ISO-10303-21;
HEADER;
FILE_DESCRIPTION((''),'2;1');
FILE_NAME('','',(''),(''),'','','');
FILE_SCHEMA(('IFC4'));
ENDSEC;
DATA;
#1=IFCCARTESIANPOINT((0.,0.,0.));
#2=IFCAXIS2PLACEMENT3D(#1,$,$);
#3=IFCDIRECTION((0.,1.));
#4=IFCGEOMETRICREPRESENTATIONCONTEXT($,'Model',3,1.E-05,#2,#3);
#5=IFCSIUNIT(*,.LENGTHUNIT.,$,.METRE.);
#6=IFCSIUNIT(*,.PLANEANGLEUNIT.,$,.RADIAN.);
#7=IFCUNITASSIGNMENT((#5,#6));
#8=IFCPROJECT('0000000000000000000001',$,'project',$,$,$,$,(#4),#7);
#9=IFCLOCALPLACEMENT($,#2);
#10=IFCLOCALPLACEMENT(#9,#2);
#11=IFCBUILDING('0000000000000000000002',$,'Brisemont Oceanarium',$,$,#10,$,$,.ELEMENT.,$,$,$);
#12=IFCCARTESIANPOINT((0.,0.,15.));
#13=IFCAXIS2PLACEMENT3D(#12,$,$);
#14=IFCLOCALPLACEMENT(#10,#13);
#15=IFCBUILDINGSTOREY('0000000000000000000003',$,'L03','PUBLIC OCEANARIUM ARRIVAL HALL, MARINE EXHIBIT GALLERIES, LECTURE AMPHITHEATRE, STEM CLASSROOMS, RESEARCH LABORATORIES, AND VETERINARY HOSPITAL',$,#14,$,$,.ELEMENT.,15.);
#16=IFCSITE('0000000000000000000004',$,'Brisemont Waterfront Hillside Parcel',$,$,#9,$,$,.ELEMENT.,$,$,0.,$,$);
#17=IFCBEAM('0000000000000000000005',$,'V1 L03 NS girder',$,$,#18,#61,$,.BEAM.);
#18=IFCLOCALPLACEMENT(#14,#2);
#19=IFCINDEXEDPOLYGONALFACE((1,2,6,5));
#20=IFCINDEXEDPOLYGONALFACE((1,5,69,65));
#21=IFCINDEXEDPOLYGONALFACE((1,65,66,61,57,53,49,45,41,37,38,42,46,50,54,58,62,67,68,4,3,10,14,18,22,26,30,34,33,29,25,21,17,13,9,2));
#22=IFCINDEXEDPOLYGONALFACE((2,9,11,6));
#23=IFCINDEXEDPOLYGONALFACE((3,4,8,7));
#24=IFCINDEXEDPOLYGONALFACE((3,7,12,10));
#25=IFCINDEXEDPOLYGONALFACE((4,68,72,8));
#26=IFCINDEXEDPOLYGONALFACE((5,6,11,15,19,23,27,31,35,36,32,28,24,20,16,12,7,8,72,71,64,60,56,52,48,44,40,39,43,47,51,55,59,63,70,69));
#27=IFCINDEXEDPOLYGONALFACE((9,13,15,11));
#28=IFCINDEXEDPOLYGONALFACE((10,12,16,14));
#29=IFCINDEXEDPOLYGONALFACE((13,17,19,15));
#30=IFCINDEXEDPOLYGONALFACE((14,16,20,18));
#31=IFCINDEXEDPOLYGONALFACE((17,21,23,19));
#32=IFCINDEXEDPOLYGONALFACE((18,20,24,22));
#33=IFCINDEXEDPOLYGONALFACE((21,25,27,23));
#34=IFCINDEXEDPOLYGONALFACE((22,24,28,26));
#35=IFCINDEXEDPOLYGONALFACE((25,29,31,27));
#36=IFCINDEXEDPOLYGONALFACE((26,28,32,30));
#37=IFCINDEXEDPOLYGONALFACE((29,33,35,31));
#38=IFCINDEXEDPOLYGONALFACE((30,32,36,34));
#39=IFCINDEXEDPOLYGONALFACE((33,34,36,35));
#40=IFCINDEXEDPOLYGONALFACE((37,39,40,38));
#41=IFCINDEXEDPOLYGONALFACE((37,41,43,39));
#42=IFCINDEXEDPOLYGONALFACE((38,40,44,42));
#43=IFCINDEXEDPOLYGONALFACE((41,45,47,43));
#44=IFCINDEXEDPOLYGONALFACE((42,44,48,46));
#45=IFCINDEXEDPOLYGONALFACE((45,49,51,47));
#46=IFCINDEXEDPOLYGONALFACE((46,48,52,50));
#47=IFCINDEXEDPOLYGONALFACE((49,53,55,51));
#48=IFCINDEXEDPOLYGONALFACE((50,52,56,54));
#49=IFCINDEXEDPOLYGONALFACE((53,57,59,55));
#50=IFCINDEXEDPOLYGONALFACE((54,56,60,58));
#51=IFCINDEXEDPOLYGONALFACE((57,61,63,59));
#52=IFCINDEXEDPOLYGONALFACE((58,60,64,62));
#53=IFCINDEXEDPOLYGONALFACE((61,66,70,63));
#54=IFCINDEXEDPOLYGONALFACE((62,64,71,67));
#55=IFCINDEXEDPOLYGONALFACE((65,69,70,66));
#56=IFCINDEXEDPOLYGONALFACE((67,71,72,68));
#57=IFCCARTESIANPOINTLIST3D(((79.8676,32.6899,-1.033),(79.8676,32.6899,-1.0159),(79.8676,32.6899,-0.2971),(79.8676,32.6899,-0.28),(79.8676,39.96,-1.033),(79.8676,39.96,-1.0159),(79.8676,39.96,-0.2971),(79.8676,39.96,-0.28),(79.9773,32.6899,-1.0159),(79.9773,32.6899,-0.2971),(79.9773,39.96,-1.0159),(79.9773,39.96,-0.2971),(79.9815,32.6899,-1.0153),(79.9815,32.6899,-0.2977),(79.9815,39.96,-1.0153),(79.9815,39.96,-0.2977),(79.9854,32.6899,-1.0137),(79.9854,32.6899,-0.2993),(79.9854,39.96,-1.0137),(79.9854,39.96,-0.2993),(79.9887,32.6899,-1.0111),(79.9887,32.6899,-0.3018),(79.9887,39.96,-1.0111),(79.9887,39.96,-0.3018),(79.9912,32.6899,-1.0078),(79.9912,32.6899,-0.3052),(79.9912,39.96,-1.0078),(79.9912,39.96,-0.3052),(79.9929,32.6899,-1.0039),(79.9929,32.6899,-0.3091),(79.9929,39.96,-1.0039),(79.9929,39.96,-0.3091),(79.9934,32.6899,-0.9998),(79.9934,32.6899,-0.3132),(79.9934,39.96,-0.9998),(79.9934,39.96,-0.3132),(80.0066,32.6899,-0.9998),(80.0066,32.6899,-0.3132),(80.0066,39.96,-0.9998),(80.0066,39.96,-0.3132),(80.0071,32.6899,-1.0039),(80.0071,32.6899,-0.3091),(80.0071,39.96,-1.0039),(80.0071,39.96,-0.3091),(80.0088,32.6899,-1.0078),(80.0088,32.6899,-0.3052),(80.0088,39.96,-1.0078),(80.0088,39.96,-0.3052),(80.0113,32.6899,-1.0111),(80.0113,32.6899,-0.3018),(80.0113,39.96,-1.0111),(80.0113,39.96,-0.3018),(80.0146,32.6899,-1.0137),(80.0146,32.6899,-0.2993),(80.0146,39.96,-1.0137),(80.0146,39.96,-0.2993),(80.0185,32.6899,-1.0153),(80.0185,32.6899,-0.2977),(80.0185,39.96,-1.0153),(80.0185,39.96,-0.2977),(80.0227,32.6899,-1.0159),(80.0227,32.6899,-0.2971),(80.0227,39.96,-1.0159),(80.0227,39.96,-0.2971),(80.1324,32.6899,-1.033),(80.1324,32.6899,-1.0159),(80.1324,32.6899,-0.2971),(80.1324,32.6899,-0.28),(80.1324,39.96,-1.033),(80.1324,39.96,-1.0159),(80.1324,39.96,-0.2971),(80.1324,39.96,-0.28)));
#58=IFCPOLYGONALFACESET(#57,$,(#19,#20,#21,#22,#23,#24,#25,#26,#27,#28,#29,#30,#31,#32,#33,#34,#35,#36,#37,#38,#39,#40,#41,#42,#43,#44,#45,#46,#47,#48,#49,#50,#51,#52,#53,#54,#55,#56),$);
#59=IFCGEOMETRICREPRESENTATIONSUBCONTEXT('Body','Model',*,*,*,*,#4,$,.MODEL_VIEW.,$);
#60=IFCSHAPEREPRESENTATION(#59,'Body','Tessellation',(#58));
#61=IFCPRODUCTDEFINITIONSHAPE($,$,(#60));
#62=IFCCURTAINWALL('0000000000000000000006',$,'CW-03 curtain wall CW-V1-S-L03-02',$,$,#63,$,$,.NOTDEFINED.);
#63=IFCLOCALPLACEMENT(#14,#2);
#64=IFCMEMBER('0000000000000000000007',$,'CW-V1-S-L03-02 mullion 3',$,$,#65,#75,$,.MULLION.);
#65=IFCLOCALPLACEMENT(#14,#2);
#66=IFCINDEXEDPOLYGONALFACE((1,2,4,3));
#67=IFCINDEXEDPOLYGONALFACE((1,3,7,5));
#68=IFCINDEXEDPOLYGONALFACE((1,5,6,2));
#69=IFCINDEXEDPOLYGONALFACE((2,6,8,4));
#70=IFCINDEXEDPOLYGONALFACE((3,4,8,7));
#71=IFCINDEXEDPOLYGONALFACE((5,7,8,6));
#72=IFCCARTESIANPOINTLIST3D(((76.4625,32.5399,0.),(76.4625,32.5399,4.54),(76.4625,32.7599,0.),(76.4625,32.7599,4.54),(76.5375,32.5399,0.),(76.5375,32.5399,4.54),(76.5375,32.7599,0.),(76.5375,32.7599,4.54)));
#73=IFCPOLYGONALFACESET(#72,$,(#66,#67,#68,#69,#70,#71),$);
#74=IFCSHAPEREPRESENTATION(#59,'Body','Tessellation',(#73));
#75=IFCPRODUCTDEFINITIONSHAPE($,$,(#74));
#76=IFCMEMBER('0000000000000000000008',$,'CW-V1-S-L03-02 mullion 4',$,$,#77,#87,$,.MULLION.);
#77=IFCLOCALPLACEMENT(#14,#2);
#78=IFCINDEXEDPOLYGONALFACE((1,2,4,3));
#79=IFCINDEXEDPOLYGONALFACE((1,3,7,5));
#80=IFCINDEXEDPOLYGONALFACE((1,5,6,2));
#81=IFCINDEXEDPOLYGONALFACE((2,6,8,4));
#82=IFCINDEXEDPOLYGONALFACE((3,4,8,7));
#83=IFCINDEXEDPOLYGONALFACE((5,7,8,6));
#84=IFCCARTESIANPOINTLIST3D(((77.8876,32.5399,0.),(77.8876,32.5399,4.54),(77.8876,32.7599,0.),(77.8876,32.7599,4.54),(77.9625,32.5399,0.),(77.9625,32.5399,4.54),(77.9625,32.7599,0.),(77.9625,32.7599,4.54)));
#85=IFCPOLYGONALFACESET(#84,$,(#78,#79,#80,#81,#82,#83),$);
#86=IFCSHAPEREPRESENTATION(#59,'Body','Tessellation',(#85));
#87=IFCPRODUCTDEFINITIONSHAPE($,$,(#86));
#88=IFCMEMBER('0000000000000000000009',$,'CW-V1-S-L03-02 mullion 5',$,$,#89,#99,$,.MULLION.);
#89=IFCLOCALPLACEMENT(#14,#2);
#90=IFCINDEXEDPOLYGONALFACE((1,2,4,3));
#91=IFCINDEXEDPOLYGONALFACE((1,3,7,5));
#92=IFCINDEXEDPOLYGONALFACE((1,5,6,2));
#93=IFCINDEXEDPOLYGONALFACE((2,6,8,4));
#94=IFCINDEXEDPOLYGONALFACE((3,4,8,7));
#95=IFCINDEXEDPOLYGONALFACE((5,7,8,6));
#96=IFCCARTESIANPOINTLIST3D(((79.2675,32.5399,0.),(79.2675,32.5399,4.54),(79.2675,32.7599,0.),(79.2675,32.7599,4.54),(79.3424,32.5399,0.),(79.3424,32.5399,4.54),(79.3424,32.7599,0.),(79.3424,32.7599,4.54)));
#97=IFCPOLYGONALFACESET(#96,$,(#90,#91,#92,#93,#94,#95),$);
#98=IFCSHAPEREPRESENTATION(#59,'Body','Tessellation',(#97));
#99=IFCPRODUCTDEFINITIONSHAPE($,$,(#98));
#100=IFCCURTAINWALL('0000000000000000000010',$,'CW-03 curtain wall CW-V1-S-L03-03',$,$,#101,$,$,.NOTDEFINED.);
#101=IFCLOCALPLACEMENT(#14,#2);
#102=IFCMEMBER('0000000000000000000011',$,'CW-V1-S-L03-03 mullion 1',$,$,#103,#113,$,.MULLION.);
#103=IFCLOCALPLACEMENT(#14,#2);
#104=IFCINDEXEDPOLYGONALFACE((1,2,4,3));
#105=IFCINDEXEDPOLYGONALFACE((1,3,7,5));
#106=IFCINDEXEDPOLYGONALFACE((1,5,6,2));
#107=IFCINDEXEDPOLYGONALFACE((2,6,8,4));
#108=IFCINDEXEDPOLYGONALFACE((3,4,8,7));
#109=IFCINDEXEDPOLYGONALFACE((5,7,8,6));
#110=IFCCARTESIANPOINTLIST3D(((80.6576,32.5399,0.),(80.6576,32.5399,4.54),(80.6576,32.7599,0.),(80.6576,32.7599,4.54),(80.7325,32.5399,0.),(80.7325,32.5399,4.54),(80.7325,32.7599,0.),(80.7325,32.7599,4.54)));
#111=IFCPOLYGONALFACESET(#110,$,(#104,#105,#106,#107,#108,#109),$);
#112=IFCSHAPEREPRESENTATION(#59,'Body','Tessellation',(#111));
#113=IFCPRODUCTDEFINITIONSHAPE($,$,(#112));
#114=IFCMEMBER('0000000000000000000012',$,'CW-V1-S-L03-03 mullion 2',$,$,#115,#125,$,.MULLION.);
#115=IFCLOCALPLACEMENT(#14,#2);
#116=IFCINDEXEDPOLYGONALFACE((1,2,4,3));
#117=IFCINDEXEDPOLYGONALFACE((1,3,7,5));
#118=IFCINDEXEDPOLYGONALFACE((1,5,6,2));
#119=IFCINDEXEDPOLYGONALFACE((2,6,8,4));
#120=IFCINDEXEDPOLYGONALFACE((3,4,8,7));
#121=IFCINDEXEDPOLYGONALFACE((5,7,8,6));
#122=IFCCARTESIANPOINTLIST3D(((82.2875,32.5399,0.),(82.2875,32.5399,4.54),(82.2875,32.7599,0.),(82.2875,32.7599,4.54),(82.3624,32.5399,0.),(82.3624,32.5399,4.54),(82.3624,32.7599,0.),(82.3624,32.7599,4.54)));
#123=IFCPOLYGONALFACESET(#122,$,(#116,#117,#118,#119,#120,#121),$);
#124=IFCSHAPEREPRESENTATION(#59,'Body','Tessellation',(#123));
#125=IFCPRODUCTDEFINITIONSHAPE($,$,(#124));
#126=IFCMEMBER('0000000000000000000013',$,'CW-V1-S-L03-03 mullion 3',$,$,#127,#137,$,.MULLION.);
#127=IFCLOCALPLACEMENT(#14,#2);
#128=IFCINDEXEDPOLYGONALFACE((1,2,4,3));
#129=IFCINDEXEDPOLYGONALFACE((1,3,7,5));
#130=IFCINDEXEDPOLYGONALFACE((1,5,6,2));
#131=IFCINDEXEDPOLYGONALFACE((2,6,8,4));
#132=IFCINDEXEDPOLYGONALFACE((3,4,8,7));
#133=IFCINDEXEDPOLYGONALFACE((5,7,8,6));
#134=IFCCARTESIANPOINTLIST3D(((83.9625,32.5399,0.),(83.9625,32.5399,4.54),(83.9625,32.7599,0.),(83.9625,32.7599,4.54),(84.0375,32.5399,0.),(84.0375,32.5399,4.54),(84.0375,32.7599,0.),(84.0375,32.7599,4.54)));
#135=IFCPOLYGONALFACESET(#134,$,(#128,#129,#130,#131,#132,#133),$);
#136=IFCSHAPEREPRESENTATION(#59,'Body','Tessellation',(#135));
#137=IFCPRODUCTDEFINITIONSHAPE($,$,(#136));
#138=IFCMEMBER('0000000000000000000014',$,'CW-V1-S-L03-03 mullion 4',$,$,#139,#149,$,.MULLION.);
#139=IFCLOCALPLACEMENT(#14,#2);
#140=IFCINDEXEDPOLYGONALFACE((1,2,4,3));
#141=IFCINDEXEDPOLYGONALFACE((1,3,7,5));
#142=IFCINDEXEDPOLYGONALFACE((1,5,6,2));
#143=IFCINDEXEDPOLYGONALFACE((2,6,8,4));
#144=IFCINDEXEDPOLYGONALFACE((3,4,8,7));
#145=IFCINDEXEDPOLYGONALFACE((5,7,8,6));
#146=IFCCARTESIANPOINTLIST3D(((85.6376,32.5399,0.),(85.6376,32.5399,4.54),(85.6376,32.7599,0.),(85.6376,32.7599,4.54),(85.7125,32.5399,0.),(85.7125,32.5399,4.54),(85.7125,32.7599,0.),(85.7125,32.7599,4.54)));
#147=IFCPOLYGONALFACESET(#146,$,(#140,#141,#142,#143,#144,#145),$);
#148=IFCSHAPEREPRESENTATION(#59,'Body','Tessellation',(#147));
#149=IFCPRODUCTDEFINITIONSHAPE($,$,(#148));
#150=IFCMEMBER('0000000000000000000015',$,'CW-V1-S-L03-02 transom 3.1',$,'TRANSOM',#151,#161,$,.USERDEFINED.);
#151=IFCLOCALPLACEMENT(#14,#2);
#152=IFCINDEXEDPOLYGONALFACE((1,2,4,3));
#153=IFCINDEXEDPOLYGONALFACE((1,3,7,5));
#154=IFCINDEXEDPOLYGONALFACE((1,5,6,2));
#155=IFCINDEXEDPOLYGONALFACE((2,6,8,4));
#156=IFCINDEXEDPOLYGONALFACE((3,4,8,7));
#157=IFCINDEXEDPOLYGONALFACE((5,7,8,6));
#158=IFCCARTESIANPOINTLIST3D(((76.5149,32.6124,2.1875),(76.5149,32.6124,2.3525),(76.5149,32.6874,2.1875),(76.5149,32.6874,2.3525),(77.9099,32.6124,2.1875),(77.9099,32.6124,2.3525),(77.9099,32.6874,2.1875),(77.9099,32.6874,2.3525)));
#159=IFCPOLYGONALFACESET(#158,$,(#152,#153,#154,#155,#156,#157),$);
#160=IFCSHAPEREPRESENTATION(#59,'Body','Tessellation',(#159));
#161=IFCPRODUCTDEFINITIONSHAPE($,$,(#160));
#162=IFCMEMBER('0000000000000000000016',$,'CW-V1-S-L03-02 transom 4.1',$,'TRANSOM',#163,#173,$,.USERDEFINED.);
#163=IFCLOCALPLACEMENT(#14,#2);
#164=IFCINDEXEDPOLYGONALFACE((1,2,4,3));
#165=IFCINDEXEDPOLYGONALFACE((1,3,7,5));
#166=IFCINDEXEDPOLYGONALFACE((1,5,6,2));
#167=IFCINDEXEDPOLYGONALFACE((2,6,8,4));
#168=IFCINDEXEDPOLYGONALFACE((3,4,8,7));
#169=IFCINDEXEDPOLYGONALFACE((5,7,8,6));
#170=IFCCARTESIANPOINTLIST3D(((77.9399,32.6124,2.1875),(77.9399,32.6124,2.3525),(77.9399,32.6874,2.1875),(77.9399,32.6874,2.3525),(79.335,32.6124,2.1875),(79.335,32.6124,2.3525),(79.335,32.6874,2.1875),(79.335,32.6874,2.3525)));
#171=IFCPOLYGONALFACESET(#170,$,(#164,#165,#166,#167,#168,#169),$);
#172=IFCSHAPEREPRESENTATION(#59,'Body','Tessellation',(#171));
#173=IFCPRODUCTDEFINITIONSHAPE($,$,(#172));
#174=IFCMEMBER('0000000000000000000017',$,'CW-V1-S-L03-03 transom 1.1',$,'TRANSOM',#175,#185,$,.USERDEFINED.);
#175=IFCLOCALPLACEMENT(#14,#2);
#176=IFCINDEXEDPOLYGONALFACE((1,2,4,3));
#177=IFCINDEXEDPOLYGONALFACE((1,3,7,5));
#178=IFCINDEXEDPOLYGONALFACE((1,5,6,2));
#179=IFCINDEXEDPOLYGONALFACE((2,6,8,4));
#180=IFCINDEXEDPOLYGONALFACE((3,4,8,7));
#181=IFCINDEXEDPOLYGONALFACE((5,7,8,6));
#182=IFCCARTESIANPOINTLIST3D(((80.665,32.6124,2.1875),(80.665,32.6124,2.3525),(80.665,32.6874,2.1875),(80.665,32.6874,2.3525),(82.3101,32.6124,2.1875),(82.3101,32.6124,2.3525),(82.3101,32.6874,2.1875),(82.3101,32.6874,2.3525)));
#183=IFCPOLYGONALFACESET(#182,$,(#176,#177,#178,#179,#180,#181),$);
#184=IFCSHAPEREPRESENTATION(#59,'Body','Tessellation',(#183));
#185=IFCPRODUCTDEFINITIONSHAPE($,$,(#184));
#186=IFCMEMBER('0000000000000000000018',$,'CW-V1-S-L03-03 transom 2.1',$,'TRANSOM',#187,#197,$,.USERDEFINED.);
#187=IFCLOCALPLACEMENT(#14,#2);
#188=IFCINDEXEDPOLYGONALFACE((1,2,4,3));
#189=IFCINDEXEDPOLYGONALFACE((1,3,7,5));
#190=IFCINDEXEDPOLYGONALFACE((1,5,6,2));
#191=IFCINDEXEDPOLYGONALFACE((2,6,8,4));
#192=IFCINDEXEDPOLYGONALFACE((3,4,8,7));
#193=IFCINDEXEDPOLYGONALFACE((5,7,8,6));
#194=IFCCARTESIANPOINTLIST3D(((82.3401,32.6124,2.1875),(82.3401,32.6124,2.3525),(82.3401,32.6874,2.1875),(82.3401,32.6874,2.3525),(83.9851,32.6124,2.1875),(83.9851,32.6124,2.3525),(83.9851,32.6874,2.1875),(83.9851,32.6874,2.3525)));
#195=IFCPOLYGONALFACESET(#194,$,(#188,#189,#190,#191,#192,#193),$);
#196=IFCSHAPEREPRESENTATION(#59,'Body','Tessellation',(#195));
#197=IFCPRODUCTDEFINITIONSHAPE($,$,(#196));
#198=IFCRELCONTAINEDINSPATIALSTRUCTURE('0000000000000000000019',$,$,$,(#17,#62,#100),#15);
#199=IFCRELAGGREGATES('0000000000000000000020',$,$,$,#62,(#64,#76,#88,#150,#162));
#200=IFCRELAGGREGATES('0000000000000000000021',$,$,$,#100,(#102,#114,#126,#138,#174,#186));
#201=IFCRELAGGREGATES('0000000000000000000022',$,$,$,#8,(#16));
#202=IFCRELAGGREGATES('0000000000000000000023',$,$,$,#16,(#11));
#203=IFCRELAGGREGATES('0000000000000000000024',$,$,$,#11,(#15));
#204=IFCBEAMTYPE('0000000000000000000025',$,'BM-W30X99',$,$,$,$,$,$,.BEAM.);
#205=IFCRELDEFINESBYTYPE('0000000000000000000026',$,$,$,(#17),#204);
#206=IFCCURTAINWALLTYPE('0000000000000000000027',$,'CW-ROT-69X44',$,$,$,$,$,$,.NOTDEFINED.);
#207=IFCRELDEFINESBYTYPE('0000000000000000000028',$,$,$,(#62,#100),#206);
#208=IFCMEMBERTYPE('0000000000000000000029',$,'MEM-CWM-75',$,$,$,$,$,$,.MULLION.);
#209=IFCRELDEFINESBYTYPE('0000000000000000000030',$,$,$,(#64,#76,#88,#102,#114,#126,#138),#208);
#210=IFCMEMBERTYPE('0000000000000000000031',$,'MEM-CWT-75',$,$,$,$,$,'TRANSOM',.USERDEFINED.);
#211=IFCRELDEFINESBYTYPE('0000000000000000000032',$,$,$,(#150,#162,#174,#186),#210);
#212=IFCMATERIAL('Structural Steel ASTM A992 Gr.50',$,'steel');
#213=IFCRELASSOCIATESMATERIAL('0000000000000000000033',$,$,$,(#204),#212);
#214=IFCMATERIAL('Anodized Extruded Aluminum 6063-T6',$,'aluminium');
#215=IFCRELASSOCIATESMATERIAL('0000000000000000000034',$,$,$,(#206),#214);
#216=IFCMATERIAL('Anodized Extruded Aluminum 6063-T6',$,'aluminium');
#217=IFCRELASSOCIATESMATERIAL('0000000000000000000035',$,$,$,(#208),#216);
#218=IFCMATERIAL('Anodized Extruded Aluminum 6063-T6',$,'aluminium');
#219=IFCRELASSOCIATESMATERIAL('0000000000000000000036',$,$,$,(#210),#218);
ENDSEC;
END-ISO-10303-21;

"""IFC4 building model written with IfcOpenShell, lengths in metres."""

from ifc_helpers import new_model, si_unit, direction, frame, origin, origin_2d, place, context, subcontext, project, spatial, rectangle, i_section, extrude, material, material_profile, profile_set, type_object, element, aggregate, save


model = new_model("IFC4")

# Units and contexts
model_context = context("Model", 3, precision=1e-05, world=origin(), true_north=direction((0.0, 1.0)))
body_context = subcontext(model_context, "Body", "Model", "MODEL_VIEW")
ifc_project = project(units=[si_unit("LENGTHUNIT", "METRE"), si_unit("PLANEANGLEUNIT", "RADIAN")], contexts=[model_context])

# Site, building, storey
site_placement = place(None, origin())
site = spatial("IfcSite", under=ifc_project, at=site_placement, Name="Brisemont Waterfront Hillside Parcel", CompositionType="ELEMENT", RefElevation=0.0)
building_placement = place(site_placement, origin())
building = spatial("IfcBuilding", under=site, at=building_placement, Name="Brisemont Oceanarium", CompositionType="ELEMENT")
storey_placement = place(building_placement, frame((0.0, 0.0, 15.0)))
storey = spatial("IfcBuildingStorey", under=building, at=storey_placement, Name="L03", Description="PUBLIC OCEANARIUM ARRIVAL HALL, MARINE EXHIBIT GALLERIES, LECTURE AMPHITHEATRE, STEM CLASSROOMS, RESEARCH LABORATORIES, AND VETERINARY HOSPITAL", CompositionType="ELEMENT", Elevation=15.0)

# Beam
ifc_material_1 = material(Name="Structural Steel ASTM A992 Gr.50", Category="steel")
ifc_material_profile_1 = material_profile(ifc_material_1, i_section(OverallWidth=0.2649, OverallDepth=0.7529, WebThickness=0.0132, FlangeThickness=0.0171, FilletRadius=0.0161, at=origin_2d()), Name="W30X99")
ifc_profile_set_1 = profile_set([ifc_material_profile_1], Name="Structural Steel ASTM A992 Gr.50")
beam_type_1 = type_object("IfcBeamType", Name="BM-W30X99", PredefinedType="BEAM", material=ifc_profile_set_1)
beam_1_placement = place(storey_placement, frame((80.0, 32.6899, -0.6565), z_axis=(0.0, 1.0, 0.0), x_axis=(-1.0, 0.0, 0.0)))
element("IfcBeam", 1, at=beam_1_placement, inside=storey, type_object=beam_type_1, Name="V1 L03 NS girder", PredefinedType="BEAM", context=body_context, shape_type="SweptSolid", body=[
    extrude(i_section(OverallWidth=0.2649, OverallDepth=0.7529, WebThickness=0.0132, FlangeThickness=0.0171, FilletRadius=0.0161, at=origin_2d()), origin(), (0.0, 0.0, 1.0), 7.27),
])

# Curtain walls, members
ifc_material_2 = material(Name="Anodized Extruded Aluminum 6063-T6", Category="aluminium")
curtain_wall_type = type_object("IfcCurtainWallType", Name="CW-ROT-69X44", PredefinedType="NOTDEFINED", material=ifc_material_2)
curtain_wall_1_placement = place(storey_placement, origin())
curtain_wall_1 = element("IfcCurtainWall", 2, at=curtain_wall_1_placement, inside=storey, type_object=curtain_wall_type, Name="CW-03 curtain wall CW-V1-S-L03-02", PredefinedType="NOTDEFINED")
ifc_material_3 = material(Name="Anodized Extruded Aluminum 6063-T6", Category="aluminium")
ifc_material_profile_2 = material_profile(ifc_material_3, rectangle(XDim=0.075, YDim=0.22, at=origin_2d()), Name="CWM-75X220")
ifc_profile_set_2 = profile_set([ifc_material_profile_2], Name="Anodized Extruded Aluminum 6063-T6")
member_type_1 = type_object("IfcMemberType", Name="MEM-CWM-75", PredefinedType="MULLION", material=ifc_profile_set_2)
member_1_placement = place(storey_placement, frame((76.5, 32.6499, 0.0), z_axis=(0.0, 0.0, 1.0), x_axis=(1.0, 0.0, 0.0)))
member_1 = element("IfcMember", 3, at=member_1_placement, type_object=member_type_1, Name="CW-V1-S-L03-02 mullion 3", PredefinedType="MULLION", context=body_context, shape_type="SweptSolid", body=[
    extrude(rectangle(XDim=0.075, YDim=0.22, at=origin_2d()), origin(), (0.0, 0.0, 1.0), 4.54),
])
member_2_placement = place(storey_placement, frame((77.925, 32.6499, 0.0), z_axis=(0.0, 0.0, 1.0), x_axis=(1.0, 0.0, 0.0)))
member_2 = element("IfcMember", 4, at=member_2_placement, type_object=member_type_1, Name="CW-V1-S-L03-02 mullion 4", PredefinedType="MULLION", context=body_context, shape_type="SweptSolid", body=[
    extrude(rectangle(XDim=0.075, YDim=0.22, at=origin_2d()), origin(), (0.0, 0.0, 1.0), 4.54),
])
member_3_placement = place(storey_placement, frame((79.3049, 32.6499, 0.0), z_axis=(0.0, 0.0, 1.0), x_axis=(1.0, 0.0, 0.0)))
member_3 = element("IfcMember", 5, at=member_3_placement, type_object=member_type_1, Name="CW-V1-S-L03-02 mullion 5", PredefinedType="MULLION", context=body_context, shape_type="SweptSolid", body=[
    extrude(rectangle(XDim=0.075, YDim=0.22, at=origin_2d()), origin(), (0.0, 0.0, 1.0), 4.54),
])
curtain_wall_2_placement = place(storey_placement, origin())
curtain_wall_2 = element("IfcCurtainWall", 6, at=curtain_wall_2_placement, inside=storey, type_object=curtain_wall_type, Name="CW-03 curtain wall CW-V1-S-L03-03", PredefinedType="NOTDEFINED")
member_4_placement = place(storey_placement, frame((80.6951, 32.6499, 0.0), z_axis=(0.0, 0.0, 1.0), x_axis=(1.0, 0.0, 0.0)))
member_4 = element("IfcMember", 7, at=member_4_placement, type_object=member_type_1, Name="CW-V1-S-L03-03 mullion 1", PredefinedType="MULLION", context=body_context, shape_type="SweptSolid", body=[
    extrude(rectangle(XDim=0.075, YDim=0.22, at=origin_2d()), origin(), (0.0, 0.0, 1.0), 4.54),
])
member_5_placement = place(storey_placement, frame((82.325, 32.6499, 0.0), z_axis=(0.0, 0.0, 1.0), x_axis=(1.0, 0.0, 0.0)))
member_5 = element("IfcMember", 8, at=member_5_placement, type_object=member_type_1, Name="CW-V1-S-L03-03 mullion 2", PredefinedType="MULLION", context=body_context, shape_type="SweptSolid", body=[
    extrude(rectangle(XDim=0.075, YDim=0.22, at=origin_2d()), origin(), (0.0, 0.0, 1.0), 4.54),
])
member_6_placement = place(storey_placement, frame((84.0, 32.6499, 0.0), z_axis=(0.0, 0.0, 1.0), x_axis=(1.0, 0.0, 0.0)))
member_6 = element("IfcMember", 9, at=member_6_placement, type_object=member_type_1, Name="CW-V1-S-L03-03 mullion 3", PredefinedType="MULLION", context=body_context, shape_type="SweptSolid", body=[
    extrude(rectangle(XDim=0.075, YDim=0.22, at=origin_2d()), origin(), (0.0, 0.0, 1.0), 4.54),
])
member_7_placement = place(storey_placement, frame((85.675, 32.6499, 0.0), z_axis=(0.0, 0.0, 1.0), x_axis=(1.0, 0.0, 0.0)))
member_7 = element("IfcMember", 10, at=member_7_placement, type_object=member_type_1, Name="CW-V1-S-L03-03 mullion 4", PredefinedType="MULLION", context=body_context, shape_type="SweptSolid", body=[
    extrude(rectangle(XDim=0.075, YDim=0.22, at=origin_2d()), origin(), (0.0, 0.0, 1.0), 4.54),
])

# Members
ifc_material_4 = material(Name="Anodized Extruded Aluminum 6063-T6", Category="aluminium")
ifc_material_profile_3 = material_profile(ifc_material_4, rectangle(XDim=0.075, YDim=0.165, at=origin_2d()), Name="CWT-75X165")
ifc_profile_set_3 = profile_set([ifc_material_profile_3], Name="Anodized Extruded Aluminum 6063-T6")
member_type_2 = type_object("IfcMemberType", Name="MEM-CWT-75", ElementType="TRANSOM", PredefinedType="USERDEFINED", material=ifc_profile_set_3)
member_8_placement = place(storey_placement, frame((76.5149, 32.6499, 2.27), z_axis=(1.0, 0.0, 0.0), x_axis=(0.0, 1.0, 0.0)))
member_8 = element("IfcMember", 11, at=member_8_placement, type_object=member_type_2, Name="CW-V1-S-L03-02 transom 3.1", ObjectType="TRANSOM", PredefinedType="USERDEFINED", context=body_context, shape_type="SweptSolid", body=[
    extrude(rectangle(XDim=0.075, YDim=0.165, at=origin_2d()), origin(), (0.0, 0.0, 1.0), 1.395),
])
member_9_placement = place(storey_placement, frame((77.9399, 32.6499, 2.27), z_axis=(1.0, 0.0, 0.0), x_axis=(0.0, 1.0, 0.0)))
member_9 = element("IfcMember", 12, at=member_9_placement, type_object=member_type_2, Name="CW-V1-S-L03-02 transom 4.1", ObjectType="TRANSOM", PredefinedType="USERDEFINED", context=body_context, shape_type="SweptSolid", body=[
    extrude(rectangle(XDim=0.075, YDim=0.165, at=origin_2d()), origin(), (0.0, 0.0, 1.0), 1.395),
])
member_10_placement = place(storey_placement, frame((80.665, 32.6499, 2.27), z_axis=(1.0, 0.0, 0.0), x_axis=(0.0, 1.0, 0.0)))
member_10 = element("IfcMember", 13, at=member_10_placement, type_object=member_type_2, Name="CW-V1-S-L03-03 transom 1.1", ObjectType="TRANSOM", PredefinedType="USERDEFINED", context=body_context, shape_type="SweptSolid", body=[
    extrude(rectangle(XDim=0.075, YDim=0.165, at=origin_2d()), origin(), (0.0, 0.0, 1.0), 1.645),
])
member_11_placement = place(storey_placement, frame((82.3401, 32.6499, 2.27), z_axis=(1.0, 0.0, 0.0), x_axis=(0.0, 1.0, 0.0)))
member_11 = element("IfcMember", 14, at=member_11_placement, type_object=member_type_2, Name="CW-V1-S-L03-03 transom 2.1", ObjectType="TRANSOM", PredefinedType="USERDEFINED", context=body_context, shape_type="SweptSolid", body=[
    extrude(rectangle(XDim=0.075, YDim=0.165, at=origin_2d()), origin(), (0.0, 0.0, 1.0), 1.645),
])

aggregate(curtain_wall_1, [member_1, member_2, member_3, member_8, member_9])
aggregate(curtain_wall_2, [member_4, member_5, member_6, member_7, member_10, member_11])

save(model, "model.ifc")
